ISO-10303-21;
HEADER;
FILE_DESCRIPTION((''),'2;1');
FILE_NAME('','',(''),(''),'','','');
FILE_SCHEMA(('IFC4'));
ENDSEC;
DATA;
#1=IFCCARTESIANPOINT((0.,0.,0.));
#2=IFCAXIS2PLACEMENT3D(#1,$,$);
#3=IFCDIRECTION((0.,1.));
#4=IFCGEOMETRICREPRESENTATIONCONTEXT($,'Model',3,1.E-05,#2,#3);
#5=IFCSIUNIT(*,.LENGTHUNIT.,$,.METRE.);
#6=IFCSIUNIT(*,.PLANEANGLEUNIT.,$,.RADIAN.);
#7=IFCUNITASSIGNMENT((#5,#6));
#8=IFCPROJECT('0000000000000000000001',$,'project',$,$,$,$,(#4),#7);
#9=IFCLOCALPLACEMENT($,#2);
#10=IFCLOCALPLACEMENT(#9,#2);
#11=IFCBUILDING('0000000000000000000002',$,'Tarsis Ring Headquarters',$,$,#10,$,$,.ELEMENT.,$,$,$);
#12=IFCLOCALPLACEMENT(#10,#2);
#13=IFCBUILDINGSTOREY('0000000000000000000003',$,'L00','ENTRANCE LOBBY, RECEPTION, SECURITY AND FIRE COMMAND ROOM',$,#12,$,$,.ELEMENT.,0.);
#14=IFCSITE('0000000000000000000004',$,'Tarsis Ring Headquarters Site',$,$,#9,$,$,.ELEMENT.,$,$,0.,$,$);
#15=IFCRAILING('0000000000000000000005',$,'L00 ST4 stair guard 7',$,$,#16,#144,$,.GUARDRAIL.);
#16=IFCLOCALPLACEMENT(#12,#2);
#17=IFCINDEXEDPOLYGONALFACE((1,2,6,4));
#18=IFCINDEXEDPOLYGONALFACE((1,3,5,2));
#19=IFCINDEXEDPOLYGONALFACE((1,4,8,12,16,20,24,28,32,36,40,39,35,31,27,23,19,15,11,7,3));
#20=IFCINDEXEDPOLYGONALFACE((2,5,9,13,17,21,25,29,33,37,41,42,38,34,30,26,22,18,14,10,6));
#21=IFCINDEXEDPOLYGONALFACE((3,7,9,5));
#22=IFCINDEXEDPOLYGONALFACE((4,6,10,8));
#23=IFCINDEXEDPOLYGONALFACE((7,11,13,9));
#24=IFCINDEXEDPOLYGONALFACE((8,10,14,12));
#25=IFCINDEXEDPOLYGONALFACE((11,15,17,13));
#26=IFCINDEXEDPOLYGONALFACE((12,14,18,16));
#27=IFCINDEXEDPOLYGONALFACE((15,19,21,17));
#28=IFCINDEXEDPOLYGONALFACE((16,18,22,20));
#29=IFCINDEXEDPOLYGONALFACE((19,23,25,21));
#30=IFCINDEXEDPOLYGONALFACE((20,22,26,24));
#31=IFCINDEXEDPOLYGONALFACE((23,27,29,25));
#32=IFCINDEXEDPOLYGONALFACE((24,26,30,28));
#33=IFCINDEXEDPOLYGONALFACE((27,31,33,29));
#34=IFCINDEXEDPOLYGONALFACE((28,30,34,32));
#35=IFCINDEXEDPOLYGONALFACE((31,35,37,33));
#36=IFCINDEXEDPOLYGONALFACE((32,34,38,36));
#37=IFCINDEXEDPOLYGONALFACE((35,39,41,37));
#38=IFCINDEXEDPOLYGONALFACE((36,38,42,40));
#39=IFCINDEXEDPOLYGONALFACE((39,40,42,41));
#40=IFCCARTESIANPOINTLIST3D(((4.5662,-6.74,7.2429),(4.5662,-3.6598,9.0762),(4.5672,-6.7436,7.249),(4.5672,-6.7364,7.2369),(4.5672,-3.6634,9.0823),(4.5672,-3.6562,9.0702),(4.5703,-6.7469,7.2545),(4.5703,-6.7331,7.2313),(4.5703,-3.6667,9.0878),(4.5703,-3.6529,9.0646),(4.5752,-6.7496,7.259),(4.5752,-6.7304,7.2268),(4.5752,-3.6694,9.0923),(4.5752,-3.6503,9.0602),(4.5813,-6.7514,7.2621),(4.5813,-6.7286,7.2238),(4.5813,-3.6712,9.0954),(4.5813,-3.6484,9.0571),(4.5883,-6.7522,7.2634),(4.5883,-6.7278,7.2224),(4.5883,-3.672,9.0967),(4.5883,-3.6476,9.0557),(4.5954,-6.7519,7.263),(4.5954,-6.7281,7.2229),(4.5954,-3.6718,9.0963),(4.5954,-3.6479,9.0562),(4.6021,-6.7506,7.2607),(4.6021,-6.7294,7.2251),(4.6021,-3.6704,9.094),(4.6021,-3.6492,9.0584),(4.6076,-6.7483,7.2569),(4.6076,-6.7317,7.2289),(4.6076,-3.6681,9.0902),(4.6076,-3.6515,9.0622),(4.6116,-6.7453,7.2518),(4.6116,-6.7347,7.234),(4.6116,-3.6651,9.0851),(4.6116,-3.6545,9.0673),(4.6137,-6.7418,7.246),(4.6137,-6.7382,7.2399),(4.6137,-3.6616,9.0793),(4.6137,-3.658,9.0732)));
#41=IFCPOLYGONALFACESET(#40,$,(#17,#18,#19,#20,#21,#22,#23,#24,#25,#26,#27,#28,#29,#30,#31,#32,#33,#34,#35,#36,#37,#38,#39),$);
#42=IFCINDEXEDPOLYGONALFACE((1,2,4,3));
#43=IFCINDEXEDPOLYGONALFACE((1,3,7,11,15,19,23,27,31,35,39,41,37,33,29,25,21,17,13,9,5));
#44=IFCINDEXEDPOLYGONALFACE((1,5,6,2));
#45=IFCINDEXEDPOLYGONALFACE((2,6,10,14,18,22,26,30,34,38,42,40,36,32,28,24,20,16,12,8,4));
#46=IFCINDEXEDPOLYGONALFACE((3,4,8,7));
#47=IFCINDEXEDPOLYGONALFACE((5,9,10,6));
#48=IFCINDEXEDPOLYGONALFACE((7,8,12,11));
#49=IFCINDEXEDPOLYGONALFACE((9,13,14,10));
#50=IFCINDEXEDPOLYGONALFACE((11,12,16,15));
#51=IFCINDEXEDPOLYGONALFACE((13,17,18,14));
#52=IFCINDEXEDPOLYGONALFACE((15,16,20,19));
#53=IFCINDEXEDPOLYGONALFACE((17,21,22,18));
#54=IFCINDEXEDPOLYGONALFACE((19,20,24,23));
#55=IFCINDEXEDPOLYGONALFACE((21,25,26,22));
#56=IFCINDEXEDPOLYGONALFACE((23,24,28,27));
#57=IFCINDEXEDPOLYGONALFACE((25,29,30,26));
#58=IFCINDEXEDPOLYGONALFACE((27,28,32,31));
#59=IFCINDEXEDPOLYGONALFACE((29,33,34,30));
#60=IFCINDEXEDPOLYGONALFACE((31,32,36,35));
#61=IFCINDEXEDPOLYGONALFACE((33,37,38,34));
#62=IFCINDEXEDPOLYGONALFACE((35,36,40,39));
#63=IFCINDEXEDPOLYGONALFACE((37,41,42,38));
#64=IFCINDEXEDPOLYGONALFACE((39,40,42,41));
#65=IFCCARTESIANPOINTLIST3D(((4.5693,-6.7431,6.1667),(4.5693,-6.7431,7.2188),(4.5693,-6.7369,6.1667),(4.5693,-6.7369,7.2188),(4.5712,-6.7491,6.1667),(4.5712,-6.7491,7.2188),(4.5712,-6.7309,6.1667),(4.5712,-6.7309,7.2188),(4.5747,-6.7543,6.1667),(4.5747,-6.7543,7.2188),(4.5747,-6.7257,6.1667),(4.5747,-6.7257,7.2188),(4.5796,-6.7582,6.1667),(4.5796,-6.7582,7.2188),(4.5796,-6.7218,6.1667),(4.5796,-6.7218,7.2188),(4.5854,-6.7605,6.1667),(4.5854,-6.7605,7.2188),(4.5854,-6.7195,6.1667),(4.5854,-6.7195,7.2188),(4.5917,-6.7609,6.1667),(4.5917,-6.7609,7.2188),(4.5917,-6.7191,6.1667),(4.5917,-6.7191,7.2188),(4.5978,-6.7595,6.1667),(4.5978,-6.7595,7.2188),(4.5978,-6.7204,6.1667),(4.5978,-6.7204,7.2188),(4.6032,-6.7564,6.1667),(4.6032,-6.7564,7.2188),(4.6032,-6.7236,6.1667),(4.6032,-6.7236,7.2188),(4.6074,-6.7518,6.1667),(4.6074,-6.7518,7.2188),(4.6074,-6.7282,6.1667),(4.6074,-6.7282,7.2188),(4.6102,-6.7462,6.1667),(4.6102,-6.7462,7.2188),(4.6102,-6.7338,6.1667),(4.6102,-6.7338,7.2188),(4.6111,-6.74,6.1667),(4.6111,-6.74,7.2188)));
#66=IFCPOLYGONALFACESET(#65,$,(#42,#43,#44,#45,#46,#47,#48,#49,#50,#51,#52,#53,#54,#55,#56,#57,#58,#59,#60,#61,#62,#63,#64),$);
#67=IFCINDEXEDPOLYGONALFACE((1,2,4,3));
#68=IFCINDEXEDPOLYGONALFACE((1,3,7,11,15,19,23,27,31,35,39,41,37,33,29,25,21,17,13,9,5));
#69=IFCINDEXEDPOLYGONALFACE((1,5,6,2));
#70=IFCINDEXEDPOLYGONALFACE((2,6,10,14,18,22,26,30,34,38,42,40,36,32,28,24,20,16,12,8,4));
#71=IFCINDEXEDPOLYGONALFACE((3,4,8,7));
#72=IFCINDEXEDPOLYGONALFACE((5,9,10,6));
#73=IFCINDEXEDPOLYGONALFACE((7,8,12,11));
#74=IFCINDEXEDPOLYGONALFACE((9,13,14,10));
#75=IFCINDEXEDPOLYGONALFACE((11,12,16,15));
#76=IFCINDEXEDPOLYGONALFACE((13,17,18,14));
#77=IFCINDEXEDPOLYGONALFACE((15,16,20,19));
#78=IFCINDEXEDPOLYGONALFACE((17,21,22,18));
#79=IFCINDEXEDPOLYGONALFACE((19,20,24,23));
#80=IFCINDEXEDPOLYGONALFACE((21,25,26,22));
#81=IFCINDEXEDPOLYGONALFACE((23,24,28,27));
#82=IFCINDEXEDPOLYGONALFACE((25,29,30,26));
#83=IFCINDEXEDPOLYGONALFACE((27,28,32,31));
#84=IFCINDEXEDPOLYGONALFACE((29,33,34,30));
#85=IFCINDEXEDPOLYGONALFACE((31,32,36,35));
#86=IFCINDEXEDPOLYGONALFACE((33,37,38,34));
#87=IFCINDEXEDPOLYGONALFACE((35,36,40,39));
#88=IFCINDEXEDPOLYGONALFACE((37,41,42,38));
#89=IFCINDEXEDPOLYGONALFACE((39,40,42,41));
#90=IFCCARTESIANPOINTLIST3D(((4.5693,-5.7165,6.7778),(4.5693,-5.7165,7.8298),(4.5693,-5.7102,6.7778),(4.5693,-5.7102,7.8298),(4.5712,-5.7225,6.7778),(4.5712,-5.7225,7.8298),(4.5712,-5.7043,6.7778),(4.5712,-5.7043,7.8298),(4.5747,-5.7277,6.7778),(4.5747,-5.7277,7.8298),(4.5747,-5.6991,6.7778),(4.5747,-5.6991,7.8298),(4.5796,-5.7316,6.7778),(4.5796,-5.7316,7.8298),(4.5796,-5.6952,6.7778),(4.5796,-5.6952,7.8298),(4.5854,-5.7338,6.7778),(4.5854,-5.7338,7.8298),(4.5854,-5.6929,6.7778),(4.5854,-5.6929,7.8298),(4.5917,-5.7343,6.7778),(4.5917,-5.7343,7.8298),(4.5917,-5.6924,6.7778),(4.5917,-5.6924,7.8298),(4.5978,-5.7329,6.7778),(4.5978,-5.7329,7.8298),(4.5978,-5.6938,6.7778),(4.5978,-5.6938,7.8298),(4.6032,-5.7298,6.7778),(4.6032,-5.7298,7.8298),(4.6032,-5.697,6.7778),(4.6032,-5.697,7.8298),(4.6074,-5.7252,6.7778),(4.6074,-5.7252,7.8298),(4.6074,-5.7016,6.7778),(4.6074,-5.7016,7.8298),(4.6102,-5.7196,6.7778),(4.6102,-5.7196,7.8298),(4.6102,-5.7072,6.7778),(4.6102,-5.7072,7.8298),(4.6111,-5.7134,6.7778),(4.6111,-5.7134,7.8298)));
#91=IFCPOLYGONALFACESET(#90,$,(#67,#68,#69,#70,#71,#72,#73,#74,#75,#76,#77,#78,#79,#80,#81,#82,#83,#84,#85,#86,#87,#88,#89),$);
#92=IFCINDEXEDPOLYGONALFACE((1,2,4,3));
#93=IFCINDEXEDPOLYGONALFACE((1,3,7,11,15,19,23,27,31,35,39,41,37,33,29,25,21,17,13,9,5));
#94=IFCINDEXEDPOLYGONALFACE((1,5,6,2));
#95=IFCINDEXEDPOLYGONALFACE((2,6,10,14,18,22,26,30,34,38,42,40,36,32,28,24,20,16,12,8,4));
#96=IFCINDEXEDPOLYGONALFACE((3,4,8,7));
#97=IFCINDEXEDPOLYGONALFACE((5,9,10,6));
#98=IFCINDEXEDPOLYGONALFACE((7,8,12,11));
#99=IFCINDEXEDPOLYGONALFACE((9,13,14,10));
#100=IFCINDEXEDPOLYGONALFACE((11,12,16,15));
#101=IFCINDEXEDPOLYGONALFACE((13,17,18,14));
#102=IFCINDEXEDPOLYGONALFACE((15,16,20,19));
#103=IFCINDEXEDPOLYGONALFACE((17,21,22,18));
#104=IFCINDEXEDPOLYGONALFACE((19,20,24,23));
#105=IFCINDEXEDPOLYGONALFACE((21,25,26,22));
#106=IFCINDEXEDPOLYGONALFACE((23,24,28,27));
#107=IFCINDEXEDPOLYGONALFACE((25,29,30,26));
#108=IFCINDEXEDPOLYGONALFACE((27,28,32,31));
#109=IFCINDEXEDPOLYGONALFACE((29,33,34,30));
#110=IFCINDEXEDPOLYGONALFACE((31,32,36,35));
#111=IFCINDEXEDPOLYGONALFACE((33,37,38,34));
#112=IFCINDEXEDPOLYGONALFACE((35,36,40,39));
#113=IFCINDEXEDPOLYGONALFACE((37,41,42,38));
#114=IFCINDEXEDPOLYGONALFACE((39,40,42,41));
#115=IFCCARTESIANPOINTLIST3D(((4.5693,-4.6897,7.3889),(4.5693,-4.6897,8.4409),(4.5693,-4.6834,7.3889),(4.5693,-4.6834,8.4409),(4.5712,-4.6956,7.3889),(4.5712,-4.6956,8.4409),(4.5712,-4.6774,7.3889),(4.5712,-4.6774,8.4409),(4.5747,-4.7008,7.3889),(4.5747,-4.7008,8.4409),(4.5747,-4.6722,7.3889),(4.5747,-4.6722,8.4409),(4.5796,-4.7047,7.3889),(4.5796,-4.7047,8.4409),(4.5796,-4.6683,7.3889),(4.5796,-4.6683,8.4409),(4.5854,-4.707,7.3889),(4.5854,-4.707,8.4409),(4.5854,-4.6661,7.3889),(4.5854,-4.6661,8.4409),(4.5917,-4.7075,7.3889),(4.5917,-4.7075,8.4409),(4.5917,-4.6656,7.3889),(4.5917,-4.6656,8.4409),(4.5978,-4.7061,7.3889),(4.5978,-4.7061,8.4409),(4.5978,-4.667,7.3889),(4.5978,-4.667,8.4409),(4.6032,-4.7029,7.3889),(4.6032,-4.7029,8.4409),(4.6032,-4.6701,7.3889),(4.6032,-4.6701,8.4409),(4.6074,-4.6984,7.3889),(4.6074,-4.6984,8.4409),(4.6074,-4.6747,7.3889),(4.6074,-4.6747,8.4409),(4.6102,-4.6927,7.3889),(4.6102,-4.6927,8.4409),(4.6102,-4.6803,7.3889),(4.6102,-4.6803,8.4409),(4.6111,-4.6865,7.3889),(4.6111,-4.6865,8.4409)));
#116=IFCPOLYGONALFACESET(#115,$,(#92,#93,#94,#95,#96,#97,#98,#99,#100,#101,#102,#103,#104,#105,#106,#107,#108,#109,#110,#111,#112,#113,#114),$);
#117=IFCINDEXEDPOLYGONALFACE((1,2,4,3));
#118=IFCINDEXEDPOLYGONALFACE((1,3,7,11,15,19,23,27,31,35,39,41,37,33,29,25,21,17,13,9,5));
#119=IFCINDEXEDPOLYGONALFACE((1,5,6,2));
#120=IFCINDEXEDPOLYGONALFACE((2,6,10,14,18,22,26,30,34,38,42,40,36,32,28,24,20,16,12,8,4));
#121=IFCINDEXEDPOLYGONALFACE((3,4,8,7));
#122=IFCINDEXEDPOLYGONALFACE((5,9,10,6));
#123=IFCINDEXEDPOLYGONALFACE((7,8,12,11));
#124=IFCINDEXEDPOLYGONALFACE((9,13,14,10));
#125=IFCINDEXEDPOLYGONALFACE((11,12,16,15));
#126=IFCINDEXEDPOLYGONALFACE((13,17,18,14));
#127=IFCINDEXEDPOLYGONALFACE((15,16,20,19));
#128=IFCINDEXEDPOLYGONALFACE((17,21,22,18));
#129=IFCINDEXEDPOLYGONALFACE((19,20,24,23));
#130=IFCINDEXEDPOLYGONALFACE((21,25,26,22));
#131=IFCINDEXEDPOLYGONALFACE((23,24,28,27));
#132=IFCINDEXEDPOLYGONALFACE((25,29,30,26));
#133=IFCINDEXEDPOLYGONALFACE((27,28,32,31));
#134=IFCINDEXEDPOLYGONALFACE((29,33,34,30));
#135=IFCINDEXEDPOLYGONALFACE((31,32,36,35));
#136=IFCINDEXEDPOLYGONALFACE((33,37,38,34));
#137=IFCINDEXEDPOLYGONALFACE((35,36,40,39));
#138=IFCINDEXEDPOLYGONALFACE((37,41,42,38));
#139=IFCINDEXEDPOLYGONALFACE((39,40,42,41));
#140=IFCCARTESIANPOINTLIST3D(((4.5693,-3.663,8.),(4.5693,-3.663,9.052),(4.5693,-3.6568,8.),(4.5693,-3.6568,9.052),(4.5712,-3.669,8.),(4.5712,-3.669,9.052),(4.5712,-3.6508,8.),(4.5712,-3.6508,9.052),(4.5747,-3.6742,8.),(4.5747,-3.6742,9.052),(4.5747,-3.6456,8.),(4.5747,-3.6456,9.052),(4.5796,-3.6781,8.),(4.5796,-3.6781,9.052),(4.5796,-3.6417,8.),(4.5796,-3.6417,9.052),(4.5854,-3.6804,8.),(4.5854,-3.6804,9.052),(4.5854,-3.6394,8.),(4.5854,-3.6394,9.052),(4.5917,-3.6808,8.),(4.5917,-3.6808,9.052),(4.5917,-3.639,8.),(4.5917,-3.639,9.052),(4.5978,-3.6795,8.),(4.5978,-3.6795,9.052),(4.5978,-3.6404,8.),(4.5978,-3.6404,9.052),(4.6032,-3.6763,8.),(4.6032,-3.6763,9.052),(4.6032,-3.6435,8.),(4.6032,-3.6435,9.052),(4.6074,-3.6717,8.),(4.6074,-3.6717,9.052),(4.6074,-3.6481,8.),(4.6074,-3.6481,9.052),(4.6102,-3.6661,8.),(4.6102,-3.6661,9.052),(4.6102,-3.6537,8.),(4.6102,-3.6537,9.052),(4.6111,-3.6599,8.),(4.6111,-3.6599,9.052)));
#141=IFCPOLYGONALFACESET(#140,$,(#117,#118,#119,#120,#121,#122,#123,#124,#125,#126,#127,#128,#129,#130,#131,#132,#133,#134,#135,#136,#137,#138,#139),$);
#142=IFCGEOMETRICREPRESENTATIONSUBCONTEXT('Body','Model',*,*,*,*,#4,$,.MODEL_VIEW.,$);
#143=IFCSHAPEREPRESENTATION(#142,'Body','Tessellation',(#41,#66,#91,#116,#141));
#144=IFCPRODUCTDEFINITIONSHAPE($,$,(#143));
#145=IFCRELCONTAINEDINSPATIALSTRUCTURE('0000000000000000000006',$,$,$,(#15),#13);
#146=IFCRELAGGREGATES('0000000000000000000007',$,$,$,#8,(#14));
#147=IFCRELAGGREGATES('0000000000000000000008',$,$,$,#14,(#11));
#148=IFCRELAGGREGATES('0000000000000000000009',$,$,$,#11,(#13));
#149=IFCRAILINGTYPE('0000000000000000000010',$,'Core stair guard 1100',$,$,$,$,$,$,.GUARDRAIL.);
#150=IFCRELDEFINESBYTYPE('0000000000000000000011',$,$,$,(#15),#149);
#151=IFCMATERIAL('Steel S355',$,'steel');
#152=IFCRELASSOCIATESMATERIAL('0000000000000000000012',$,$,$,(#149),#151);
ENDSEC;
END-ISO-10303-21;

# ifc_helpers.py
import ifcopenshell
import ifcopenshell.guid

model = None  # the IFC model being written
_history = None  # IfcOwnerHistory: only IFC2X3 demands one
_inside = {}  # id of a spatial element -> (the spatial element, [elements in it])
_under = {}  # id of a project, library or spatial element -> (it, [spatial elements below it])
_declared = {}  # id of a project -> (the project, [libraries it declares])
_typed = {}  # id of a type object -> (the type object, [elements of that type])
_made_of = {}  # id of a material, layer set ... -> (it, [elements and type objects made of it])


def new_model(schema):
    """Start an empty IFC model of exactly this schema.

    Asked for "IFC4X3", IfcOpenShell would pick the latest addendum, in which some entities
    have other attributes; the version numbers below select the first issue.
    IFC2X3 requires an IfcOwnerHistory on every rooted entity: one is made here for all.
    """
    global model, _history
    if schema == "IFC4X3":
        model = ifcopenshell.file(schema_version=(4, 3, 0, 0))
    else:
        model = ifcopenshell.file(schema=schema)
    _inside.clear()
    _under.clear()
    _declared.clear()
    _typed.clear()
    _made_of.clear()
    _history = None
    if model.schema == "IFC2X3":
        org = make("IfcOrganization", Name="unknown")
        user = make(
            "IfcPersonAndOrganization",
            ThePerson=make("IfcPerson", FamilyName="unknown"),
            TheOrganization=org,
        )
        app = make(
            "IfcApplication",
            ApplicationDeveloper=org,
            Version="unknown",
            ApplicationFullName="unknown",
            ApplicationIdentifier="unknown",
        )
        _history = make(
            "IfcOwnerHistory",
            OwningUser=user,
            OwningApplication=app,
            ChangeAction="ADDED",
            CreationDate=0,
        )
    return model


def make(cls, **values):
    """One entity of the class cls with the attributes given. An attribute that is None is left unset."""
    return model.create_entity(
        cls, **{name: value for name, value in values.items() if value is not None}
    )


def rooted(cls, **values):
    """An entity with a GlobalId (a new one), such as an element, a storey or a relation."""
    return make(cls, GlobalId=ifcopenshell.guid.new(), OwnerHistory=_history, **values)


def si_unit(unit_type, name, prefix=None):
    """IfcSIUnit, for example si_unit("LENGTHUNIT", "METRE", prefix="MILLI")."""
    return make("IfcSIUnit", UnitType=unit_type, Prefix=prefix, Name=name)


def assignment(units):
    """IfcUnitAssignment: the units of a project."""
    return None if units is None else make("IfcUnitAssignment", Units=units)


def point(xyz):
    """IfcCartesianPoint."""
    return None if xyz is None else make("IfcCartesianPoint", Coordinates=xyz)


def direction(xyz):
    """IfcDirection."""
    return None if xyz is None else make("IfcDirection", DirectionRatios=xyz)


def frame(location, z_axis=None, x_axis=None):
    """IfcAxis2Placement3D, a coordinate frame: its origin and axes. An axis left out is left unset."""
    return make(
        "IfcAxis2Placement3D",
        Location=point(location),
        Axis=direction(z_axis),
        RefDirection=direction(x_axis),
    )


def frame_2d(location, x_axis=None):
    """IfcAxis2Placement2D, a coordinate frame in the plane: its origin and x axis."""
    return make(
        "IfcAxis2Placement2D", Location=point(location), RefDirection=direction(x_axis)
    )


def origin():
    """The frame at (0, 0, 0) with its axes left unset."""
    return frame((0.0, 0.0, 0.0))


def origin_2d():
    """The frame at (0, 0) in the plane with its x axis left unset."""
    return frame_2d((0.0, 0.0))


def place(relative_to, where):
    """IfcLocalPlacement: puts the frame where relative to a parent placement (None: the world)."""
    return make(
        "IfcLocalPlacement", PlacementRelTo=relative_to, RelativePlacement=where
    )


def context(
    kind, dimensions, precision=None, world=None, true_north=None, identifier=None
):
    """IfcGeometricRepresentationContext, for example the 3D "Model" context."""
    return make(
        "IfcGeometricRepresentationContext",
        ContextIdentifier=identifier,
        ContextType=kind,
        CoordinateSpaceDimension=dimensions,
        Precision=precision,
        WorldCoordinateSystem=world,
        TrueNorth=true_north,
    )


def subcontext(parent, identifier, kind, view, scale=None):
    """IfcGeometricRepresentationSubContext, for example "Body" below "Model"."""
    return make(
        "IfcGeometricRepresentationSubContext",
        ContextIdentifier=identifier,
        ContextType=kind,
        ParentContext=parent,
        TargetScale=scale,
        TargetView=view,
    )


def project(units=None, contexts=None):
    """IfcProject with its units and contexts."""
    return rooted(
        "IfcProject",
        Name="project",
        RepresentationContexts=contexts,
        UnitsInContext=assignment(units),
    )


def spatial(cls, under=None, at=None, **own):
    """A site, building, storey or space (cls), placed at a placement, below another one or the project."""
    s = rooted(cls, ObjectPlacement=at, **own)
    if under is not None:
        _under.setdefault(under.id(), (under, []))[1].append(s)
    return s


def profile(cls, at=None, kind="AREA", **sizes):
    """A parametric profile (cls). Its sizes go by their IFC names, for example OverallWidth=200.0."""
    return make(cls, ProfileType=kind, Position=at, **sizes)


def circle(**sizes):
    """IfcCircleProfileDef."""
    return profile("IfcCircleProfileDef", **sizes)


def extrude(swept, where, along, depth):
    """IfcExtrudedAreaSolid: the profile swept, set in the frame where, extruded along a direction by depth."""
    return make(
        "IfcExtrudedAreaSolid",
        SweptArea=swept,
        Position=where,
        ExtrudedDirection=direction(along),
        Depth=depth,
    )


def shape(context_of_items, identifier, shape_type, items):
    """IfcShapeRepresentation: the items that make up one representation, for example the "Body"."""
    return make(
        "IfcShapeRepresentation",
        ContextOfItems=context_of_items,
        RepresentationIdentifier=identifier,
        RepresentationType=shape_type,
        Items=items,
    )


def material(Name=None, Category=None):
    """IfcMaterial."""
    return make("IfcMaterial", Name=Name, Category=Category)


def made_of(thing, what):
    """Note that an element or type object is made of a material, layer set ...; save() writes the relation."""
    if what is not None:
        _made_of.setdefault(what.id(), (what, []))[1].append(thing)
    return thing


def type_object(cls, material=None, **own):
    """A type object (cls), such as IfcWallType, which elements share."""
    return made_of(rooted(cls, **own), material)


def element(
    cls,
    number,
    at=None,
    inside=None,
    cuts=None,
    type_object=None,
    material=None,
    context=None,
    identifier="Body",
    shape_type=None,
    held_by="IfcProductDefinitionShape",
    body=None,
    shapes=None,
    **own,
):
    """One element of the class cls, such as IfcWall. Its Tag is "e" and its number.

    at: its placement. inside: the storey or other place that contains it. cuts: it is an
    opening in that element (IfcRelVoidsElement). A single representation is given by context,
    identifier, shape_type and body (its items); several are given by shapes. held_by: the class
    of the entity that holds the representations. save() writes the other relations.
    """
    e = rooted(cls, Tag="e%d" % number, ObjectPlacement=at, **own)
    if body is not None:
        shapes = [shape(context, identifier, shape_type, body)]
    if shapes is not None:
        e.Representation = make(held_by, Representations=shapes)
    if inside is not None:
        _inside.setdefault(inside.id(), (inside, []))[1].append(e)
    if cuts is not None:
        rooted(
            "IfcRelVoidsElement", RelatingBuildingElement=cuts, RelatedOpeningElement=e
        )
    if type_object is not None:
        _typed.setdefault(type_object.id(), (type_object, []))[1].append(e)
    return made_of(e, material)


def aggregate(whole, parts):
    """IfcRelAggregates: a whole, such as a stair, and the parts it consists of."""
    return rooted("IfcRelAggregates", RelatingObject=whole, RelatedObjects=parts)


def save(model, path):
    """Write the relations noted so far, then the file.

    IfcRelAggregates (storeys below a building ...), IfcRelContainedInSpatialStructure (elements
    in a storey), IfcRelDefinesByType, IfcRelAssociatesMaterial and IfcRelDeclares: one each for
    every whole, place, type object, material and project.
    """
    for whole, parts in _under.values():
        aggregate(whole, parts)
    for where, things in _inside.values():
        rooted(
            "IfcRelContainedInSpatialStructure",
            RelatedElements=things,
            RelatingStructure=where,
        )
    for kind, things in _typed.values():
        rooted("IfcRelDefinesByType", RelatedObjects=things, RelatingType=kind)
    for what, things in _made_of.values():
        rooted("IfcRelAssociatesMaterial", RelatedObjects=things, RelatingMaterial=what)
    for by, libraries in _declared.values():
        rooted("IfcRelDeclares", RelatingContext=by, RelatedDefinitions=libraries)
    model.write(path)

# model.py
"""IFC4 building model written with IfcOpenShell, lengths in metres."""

from ifc_helpers import new_model, si_unit, direction, frame, origin, origin_2d, place, context, subcontext, project, spatial, circle, extrude, material, type_object, element, save


model = new_model("IFC4")

# Units and contexts
model_context = context("Model", 3, precision=1e-05, world=origin(), true_north=direction((0.0, 1.0)))
body_context = subcontext(model_context, "Body", "Model", "MODEL_VIEW")
ifc_project = project(units=[si_unit("LENGTHUNIT", "METRE"), si_unit("PLANEANGLEUNIT", "RADIAN")], contexts=[model_context])

# Site, building, storey
site_placement = place(None, origin())
site = spatial("IfcSite", under=ifc_project, at=site_placement, Name="Tarsis Ring Headquarters Site", CompositionType="ELEMENT", RefElevation=0.0)
building_placement = place(site_placement, origin())
building = spatial("IfcBuilding", under=site, at=building_placement, Name="Tarsis Ring Headquarters", CompositionType="ELEMENT")
storey_placement = place(building_placement, origin())
storey = spatial("IfcBuildingStorey", under=building, at=storey_placement, Name="L00", Description="ENTRANCE LOBBY, RECEPTION, SECURITY AND FIRE COMMAND ROOM", CompositionType="ELEMENT", Elevation=0.0)

# Railing
ifc_material_1 = material(Name="Steel S355", Category="steel")
railing_type_1 = type_object("IfcRailingType", Name="Core stair guard 1100", PredefinedType="GUARDRAIL", material=ifc_material_1)
railing_1_placement = place(storey_placement, frame((4.5901, -6.74, 6.1667)))
element("IfcRailing", 1, at=railing_1_placement, inside=storey, type_object=railing_type_1, Name="L00 ST4 stair guard 7", PredefinedType="GUARDRAIL", context=body_context, shape_type="SweptSolid", body=[
    extrude(circle(Radius=0.0239, at=origin_2d()), frame((0.0, 0.0, 1.0762), z_axis=(0.0, 0.859309, 0.511458), x_axis=(-1.0, 0.0, 0.0)), (0.0, 0.0, 1.0), 3.5845),
    extrude(circle(Radius=0.021, at=origin_2d()), origin(), (0.0, 0.0, 1.0), 1.052),
    extrude(circle(Radius=0.021, at=origin_2d()), frame((0.0, 1.0266, 0.6111)), (0.0, 0.0, 1.0), 1.052),
    extrude(circle(Radius=0.021, at=origin_2d()), frame((0.0, 2.0535, 1.2222)), (0.0, 0.0, 1.0), 1.052),
    extrude(circle(Radius=0.021, at=origin_2d()), frame((0.0, 3.0801, 1.8333)), (0.0, 0.0, 1.0), 1.052),
])

save(model, "model.ifc")
